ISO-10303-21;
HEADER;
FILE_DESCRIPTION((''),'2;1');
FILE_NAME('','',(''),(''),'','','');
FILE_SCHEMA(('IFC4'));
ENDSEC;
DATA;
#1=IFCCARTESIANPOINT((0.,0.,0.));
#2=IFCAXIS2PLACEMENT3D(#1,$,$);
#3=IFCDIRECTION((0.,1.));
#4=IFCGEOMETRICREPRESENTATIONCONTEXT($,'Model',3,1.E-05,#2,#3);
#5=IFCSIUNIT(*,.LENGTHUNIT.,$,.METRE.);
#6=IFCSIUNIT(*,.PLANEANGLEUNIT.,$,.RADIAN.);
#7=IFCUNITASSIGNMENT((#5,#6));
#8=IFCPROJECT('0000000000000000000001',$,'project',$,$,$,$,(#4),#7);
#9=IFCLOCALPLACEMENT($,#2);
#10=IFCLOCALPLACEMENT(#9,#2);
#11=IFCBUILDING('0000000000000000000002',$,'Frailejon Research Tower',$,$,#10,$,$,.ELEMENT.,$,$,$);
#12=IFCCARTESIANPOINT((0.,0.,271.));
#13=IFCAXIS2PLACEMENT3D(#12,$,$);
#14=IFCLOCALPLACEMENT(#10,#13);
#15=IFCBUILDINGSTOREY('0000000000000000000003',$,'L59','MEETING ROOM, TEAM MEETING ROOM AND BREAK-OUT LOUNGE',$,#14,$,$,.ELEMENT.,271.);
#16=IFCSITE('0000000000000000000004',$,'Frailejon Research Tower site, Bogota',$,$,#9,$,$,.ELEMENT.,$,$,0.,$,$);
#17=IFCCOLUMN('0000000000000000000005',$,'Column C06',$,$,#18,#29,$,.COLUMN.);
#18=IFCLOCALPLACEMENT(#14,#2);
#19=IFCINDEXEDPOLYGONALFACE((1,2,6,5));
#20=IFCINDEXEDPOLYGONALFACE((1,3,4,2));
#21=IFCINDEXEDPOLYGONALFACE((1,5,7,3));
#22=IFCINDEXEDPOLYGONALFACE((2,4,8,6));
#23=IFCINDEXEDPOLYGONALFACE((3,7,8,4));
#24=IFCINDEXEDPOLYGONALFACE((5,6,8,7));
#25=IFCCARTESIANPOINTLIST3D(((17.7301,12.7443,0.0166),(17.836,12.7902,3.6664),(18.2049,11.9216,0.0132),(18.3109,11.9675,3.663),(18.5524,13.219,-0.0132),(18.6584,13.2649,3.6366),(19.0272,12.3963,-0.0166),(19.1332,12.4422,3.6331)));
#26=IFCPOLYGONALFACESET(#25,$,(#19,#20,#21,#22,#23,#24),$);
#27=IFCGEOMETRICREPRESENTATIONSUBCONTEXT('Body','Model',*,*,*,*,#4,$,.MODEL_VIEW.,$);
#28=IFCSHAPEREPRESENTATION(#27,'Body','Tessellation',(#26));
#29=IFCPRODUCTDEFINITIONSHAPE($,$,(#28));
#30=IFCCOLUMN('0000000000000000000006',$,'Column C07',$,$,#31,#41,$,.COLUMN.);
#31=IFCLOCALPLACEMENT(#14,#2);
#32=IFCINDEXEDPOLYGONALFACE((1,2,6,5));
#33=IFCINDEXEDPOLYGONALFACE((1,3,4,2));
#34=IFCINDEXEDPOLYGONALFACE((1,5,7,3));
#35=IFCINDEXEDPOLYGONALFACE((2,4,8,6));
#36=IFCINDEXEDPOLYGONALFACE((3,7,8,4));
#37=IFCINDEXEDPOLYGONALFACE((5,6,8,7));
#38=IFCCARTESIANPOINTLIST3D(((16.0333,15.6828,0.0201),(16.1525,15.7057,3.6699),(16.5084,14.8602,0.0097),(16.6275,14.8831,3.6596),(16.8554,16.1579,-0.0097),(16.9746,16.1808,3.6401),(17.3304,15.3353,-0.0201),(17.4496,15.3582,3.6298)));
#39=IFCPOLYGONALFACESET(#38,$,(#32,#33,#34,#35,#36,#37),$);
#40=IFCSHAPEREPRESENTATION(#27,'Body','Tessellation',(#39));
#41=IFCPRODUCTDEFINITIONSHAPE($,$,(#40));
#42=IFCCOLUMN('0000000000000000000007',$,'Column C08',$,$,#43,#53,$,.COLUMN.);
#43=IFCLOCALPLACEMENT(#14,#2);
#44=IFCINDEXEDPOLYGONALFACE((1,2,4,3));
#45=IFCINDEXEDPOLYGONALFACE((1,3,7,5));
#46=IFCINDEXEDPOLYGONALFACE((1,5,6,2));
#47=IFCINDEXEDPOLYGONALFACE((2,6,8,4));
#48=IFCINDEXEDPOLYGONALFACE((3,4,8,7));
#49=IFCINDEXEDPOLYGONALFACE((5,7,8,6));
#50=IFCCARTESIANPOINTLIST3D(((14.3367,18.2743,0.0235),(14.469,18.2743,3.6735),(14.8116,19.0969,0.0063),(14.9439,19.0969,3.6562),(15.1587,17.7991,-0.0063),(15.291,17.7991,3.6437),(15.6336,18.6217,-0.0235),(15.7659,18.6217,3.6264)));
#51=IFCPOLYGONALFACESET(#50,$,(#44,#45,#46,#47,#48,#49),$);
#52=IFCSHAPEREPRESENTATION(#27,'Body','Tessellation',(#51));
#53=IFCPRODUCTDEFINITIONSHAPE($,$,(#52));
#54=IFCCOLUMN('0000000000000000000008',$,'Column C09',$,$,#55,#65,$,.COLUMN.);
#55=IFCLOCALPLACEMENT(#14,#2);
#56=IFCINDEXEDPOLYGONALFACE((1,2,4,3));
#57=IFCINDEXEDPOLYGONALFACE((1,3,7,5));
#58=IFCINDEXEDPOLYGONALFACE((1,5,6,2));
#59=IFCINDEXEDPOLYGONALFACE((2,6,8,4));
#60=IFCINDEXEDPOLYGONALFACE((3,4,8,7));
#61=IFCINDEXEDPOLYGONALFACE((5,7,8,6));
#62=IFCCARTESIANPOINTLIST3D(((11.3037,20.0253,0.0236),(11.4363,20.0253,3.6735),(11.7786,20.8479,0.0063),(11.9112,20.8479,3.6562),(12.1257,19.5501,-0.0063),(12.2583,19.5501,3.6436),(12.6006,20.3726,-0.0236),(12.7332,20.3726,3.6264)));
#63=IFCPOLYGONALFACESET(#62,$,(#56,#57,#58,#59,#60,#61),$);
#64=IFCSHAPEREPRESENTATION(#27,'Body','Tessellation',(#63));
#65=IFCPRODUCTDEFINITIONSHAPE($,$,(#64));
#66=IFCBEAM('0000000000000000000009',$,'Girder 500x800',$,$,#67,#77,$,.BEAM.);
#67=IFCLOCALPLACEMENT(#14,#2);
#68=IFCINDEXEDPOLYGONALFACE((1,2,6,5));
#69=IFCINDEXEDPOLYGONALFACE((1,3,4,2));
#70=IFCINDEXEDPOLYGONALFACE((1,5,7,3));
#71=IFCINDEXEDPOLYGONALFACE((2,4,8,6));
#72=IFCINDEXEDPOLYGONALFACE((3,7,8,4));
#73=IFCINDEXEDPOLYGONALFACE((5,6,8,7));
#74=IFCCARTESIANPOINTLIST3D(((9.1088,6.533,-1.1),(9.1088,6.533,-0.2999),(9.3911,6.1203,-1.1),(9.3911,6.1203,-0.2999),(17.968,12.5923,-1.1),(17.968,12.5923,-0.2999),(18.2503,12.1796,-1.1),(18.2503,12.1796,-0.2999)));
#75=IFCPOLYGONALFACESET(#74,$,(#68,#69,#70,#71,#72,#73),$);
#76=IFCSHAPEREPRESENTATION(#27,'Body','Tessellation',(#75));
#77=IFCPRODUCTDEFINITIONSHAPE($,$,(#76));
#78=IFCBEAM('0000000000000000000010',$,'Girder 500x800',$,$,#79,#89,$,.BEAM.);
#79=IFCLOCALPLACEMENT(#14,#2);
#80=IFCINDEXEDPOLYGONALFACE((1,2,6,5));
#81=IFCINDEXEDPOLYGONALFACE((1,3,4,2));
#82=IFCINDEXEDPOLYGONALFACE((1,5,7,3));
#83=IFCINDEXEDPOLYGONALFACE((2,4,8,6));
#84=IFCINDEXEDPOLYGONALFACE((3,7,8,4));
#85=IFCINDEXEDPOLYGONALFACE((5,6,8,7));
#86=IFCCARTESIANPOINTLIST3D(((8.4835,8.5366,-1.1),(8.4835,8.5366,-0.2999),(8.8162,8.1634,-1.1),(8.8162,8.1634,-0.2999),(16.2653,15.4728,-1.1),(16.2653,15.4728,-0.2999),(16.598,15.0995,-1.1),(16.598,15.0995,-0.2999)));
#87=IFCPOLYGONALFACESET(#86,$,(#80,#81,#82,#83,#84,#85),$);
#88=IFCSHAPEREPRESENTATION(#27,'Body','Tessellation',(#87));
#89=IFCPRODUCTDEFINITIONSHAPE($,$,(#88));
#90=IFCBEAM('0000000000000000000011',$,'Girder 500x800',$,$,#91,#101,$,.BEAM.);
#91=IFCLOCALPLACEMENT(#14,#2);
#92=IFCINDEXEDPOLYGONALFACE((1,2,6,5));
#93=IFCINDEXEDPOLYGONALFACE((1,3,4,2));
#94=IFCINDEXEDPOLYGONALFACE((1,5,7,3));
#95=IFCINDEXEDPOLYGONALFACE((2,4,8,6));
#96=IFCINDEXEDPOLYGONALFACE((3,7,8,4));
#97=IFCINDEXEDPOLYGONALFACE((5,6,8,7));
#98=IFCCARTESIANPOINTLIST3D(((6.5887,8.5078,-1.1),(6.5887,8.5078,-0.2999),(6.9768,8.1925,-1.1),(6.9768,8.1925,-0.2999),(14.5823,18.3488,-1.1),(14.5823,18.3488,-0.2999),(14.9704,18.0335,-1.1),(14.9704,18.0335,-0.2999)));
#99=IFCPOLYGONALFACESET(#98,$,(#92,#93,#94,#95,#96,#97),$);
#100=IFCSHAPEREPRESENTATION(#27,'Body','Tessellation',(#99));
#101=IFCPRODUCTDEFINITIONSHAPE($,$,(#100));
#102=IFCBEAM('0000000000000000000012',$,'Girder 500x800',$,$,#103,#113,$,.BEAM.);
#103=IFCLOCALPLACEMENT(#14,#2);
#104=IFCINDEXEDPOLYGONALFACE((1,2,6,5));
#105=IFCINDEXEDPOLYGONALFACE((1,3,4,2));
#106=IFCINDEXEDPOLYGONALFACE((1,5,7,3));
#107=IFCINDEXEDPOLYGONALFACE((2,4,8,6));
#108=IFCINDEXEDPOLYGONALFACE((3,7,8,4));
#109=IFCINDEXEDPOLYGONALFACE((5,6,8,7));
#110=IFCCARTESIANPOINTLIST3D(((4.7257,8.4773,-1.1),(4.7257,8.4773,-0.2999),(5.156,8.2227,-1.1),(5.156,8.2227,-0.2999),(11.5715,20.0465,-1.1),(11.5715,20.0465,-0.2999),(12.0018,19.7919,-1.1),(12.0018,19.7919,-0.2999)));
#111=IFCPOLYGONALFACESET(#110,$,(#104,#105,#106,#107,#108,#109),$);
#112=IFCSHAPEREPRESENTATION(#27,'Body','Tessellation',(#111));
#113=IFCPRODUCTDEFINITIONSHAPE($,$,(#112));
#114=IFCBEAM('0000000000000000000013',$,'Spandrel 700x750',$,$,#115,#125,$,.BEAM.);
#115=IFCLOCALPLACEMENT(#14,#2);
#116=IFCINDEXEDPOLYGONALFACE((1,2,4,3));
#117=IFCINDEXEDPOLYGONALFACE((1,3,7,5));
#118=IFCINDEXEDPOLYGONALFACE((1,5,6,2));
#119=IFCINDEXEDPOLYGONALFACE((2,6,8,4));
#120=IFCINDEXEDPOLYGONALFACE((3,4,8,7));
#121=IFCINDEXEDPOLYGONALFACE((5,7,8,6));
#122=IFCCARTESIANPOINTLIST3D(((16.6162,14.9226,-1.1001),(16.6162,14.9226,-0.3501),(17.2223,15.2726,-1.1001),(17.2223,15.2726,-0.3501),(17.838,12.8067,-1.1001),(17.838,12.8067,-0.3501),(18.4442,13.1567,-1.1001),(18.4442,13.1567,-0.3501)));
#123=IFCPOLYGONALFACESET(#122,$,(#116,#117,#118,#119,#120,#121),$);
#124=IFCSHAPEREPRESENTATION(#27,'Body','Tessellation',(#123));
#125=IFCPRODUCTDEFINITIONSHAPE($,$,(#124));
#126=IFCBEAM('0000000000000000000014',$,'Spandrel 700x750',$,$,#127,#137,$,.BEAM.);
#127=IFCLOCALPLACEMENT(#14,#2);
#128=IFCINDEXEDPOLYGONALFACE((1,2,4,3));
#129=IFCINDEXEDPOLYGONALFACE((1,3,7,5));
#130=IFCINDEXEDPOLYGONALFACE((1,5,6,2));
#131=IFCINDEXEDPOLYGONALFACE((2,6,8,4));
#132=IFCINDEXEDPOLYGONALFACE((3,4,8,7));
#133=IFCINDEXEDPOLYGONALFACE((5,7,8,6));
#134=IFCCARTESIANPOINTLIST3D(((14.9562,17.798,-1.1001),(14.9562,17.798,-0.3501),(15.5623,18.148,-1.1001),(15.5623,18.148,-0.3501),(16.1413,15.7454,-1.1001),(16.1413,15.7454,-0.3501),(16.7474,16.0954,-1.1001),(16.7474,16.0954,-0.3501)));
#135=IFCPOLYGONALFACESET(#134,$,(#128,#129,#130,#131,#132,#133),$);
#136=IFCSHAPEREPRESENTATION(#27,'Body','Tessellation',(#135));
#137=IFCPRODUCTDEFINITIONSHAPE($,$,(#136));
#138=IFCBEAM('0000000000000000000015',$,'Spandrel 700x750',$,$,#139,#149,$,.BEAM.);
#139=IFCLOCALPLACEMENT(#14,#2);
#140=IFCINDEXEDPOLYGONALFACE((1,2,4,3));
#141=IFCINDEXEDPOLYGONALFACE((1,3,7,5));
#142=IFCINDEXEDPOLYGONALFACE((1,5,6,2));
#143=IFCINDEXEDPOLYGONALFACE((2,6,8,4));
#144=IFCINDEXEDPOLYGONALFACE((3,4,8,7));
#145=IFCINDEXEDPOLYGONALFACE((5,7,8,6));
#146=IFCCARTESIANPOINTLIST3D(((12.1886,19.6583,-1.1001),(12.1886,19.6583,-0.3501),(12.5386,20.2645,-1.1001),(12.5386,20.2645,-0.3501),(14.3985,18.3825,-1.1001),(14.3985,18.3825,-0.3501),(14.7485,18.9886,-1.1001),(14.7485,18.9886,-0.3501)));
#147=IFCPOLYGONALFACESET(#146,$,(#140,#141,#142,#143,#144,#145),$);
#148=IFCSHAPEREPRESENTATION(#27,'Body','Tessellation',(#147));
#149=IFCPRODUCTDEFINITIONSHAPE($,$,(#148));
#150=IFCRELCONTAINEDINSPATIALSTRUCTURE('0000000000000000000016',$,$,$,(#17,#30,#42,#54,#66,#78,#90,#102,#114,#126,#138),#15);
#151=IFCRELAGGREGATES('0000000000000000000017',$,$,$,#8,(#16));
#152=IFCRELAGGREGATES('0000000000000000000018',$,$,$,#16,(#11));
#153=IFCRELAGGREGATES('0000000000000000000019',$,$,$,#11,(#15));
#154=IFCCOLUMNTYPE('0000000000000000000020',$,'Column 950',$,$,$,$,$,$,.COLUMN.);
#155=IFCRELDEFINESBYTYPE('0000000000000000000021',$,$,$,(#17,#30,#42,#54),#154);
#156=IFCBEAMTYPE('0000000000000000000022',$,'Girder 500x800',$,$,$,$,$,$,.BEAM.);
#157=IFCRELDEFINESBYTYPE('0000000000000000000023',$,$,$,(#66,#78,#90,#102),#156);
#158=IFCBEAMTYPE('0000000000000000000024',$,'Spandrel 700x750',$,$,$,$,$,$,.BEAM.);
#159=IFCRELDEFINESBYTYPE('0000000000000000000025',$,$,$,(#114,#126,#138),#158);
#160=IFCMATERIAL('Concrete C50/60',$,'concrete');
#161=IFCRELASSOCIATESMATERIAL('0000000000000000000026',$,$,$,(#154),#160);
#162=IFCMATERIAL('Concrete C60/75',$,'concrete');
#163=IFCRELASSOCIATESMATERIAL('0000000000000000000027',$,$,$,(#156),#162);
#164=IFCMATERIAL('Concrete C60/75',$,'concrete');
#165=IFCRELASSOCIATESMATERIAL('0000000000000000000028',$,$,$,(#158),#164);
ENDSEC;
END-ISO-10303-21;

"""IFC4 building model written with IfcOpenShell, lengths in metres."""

from ifc_helpers import new_model, si_unit, direction, frame, origin, origin_2d, place, context, subcontext, project, spatial, rectangle, extrude, material, material_profile, profile_set, type_object, element, save


model = new_model("IFC4")

# Units and contexts
model_context = context("Model", 3, precision=1e-05, world=origin(), true_north=direction((0.0, 1.0)))
body_context = subcontext(model_context, "Body", "Model", "MODEL_VIEW")
ifc_project = project(units=[si_unit("LENGTHUNIT", "METRE"), si_unit("PLANEANGLEUNIT", "RADIAN")], contexts=[model_context])

# Site, building, storey
site_placement = place(None, origin())
site = spatial("IfcSite", under=ifc_project, at=site_placement, Name="Frailejon Research Tower site, Bogota", CompositionType="ELEMENT", RefElevation=0.0)
building_placement = place(site_placement, origin())
building = spatial("IfcBuilding", under=site, at=building_placement, Name="Frailejon Research Tower", CompositionType="ELEMENT")
storey_placement = place(building_placement, frame((0.0, 0.0, 271.0)))
storey = spatial("IfcBuildingStorey", under=building, at=storey_placement, Name="L59", Description="MEETING ROOM, TEAM MEETING ROOM AND BREAK-OUT LOUNGE", CompositionType="ELEMENT", Elevation=271.0)

# Columns
ifc_material_1 = material(Name="Concrete C50/60", Category="concrete")
ifc_material_profile_1 = material_profile(ifc_material_1, rectangle(XDim=0.95, YDim=0.95, at=origin_2d()), Name="Column 950")
ifc_profile_set_1 = profile_set([ifc_material_profile_1], Name="Concrete C50/60")
column_type = type_object("IfcColumnType", Name="Column 950", PredefinedType="COLUMN", material=ifc_profile_set_1)
column_1_placement = place(storey_placement, frame((18.3787, 12.5703, 0.0), z_axis=(0.029016, 0.012569, 0.9995), x_axis=(-0.499849, 0.866105, 0.003619)))
element("IfcColumn", 1, at=column_1_placement, inside=storey, type_object=column_type, Name="Column C06", PredefinedType="COLUMN", context=body_context, shape_type="SweptSolid", body=[
    extrude(rectangle(XDim=0.95, YDim=0.95, at=origin_2d()), origin(), (0.0, 0.0, 1.0), 3.6516),
])
column_2_placement = place(storey_placement, frame((16.6819, 15.509, 0.0), z_axis=(0.032624, 0.006284, 0.999448), x_axis=(-0.500036, 0.865936, 0.010878)))
element("IfcColumn", 2, at=column_2_placement, inside=storey, type_object=column_type, Name="Column C07", PredefinedType="COLUMN", context=body_context, shape_type="SweptSolid", body=[
    extrude(rectangle(XDim=0.95, YDim=0.95, at=origin_2d()), origin(), (0.0, 0.0, 1.0), 3.6519),
])
for number, where, z_axis, x_axis, name in (
    (3, (14.9851, 18.448, 0.0), (0.03623, 0.0, 0.999343), (-0.865315, 0.500246, 0.031371), "Column C08"),
    (4, (11.9521, 20.199, 0.0), (0.036297, 0.0, 0.999341), (-0.865313, 0.500246, 0.031429), "Column C09"),
):
    element("IfcColumn", number, at=place(storey_placement, frame(where, z_axis=z_axis, x_axis=x_axis)), inside=storey, type_object=column_type, Name=name, PredefinedType="COLUMN", context=body_context, shape_type="SweptSolid", body=[
        extrude(rectangle(XDim=0.95, YDim=0.95, at=origin_2d()), origin(), (0.0, 0.0, 1.0), 3.6523),
    ])

# Beams
ifc_material_2 = material(Name="Concrete C60/75", Category="concrete")
ifc_material_profile_2 = material_profile(ifc_material_2, rectangle(XDim=0.5, YDim=0.8, at=origin_2d()), Name="Girder 500x800")
ifc_profile_set_2 = profile_set([ifc_material_profile_2], Name="Concrete C60/75")
beam_type_1 = type_object("IfcBeamType", Name="Girder 500x800", PredefinedType="BEAM", material=ifc_profile_set_2)
beam_1_placement = place(storey_placement, frame((18.1091, 12.386, -0.7), z_axis=(-0.825402, -0.564545, 0.0), x_axis=(0.564545, -0.825402, 0.0)))
element("IfcBeam", 5, at=beam_1_placement, inside=storey, type_object=beam_type_1, Name="Girder 500x800", PredefinedType="BEAM", context=body_context, shape_type="SweptSolid", body=[
    extrude(rectangle(XDim=0.5, YDim=0.8, at=origin_2d()), origin(), (0.0, 0.0, 1.0), 10.7332),
])
beam_2_placement = place(storey_placement, frame((16.4316, 15.2861, -0.7), z_axis=(-0.746507, -0.665378, 0.0), x_axis=(0.665378, -0.746507, 0.0)))
element("IfcBeam", 6, at=beam_2_placement, inside=storey, type_object=beam_type_1, Name="Girder 500x800", PredefinedType="BEAM", context=body_context, shape_type="SweptSolid", body=[
    extrude(rectangle(XDim=0.5, YDim=0.8, at=origin_2d()), origin(), (0.0, 0.0, 1.0), 10.4243),
])
beam_3_placement = place(storey_placement, frame((14.7764, 18.1912, -0.7), z_axis=(-0.630488, -0.776199, 0.0), x_axis=(0.776199, -0.630488, 0.0)))
element("IfcBeam", 7, at=beam_3_placement, inside=storey, type_object=beam_type_1, Name="Girder 500x800", PredefinedType="BEAM", context=body_context, shape_type="SweptSolid", body=[
    extrude(rectangle(XDim=0.5, YDim=0.8, at=origin_2d()), origin(), (0.0, 0.0, 1.0), 12.6785),
])
beam_4_placement = place(storey_placement, frame((11.7866, 19.9192, -0.7), z_axis=(-0.509249, -0.860619, 0.0), x_axis=(0.860619, -0.509249, 0.0)))
element("IfcBeam", 8, at=beam_4_placement, inside=storey, type_object=beam_type_1, Name="Girder 500x800", PredefinedType="BEAM", context=body_context, shape_type="SweptSolid", body=[
    extrude(rectangle(XDim=0.5, YDim=0.8, at=origin_2d()), origin(), (0.0, 0.0, 1.0), 13.4429),
])
ifc_material_3 = material(Name="Concrete C60/75", Category="concrete")
ifc_material_profile_3 = material_profile(ifc_material_3, rectangle(XDim=0.7, YDim=0.75, at=origin_2d()), Name="Spandrel 700x750")
ifc_profile_set_3 = profile_set([ifc_material_profile_3], Name="Concrete C60/75")
beam_type_2 = type_object("IfcBeamType", Name="Spandrel 700x750", PredefinedType="BEAM", material=ifc_profile_set_3)
beam_5_placement = place(storey_placement, frame((18.1411, 12.9817, -0.7251), z_axis=(-0.500083, 0.865978, 0.0), x_axis=(-0.865978, -0.500083, 0.0)))
element("IfcBeam", 9, at=beam_5_placement, inside=storey, type_object=beam_type_2, Name="Spandrel 700x750", PredefinedType="BEAM", context=body_context, shape_type="SweptSolid", body=[
    extrude(rectangle(XDim=0.7, YDim=0.75, at=origin_2d()), origin(), (0.0, 0.0, 1.0), 2.4434),
])
beam_6_placement = place(storey_placement, frame((16.4443, 15.9204, -0.7251), z_axis=(-0.500017, 0.866016, 0.0), x_axis=(-0.866016, -0.500017, 0.0)))
element("IfcBeam", 10, at=beam_6_placement, inside=storey, type_object=beam_type_2, Name="Spandrel 700x750", PredefinedType="BEAM", context=body_context, shape_type="SweptSolid", body=[
    extrude(rectangle(XDim=0.7, YDim=0.75, at=origin_2d()), origin(), (0.0, 0.0, 1.0), 2.3701),
])
beam_7_placement = place(storey_placement, frame((14.5735, 18.6855, -0.7251), z_axis=(-0.866033, 0.499987, 0.0), x_axis=(-0.499987, -0.866033, 0.0)))
element("IfcBeam", 11, at=beam_7_placement, inside=storey, type_object=beam_type_2, Name="Spandrel 700x750", PredefinedType="BEAM", context=body_context, shape_type="SweptSolid", body=[
    extrude(rectangle(XDim=0.7, YDim=0.75, at=origin_2d()), origin(), (0.0, 0.0, 1.0), 2.5518),
])

save(model, "model.ifc")
